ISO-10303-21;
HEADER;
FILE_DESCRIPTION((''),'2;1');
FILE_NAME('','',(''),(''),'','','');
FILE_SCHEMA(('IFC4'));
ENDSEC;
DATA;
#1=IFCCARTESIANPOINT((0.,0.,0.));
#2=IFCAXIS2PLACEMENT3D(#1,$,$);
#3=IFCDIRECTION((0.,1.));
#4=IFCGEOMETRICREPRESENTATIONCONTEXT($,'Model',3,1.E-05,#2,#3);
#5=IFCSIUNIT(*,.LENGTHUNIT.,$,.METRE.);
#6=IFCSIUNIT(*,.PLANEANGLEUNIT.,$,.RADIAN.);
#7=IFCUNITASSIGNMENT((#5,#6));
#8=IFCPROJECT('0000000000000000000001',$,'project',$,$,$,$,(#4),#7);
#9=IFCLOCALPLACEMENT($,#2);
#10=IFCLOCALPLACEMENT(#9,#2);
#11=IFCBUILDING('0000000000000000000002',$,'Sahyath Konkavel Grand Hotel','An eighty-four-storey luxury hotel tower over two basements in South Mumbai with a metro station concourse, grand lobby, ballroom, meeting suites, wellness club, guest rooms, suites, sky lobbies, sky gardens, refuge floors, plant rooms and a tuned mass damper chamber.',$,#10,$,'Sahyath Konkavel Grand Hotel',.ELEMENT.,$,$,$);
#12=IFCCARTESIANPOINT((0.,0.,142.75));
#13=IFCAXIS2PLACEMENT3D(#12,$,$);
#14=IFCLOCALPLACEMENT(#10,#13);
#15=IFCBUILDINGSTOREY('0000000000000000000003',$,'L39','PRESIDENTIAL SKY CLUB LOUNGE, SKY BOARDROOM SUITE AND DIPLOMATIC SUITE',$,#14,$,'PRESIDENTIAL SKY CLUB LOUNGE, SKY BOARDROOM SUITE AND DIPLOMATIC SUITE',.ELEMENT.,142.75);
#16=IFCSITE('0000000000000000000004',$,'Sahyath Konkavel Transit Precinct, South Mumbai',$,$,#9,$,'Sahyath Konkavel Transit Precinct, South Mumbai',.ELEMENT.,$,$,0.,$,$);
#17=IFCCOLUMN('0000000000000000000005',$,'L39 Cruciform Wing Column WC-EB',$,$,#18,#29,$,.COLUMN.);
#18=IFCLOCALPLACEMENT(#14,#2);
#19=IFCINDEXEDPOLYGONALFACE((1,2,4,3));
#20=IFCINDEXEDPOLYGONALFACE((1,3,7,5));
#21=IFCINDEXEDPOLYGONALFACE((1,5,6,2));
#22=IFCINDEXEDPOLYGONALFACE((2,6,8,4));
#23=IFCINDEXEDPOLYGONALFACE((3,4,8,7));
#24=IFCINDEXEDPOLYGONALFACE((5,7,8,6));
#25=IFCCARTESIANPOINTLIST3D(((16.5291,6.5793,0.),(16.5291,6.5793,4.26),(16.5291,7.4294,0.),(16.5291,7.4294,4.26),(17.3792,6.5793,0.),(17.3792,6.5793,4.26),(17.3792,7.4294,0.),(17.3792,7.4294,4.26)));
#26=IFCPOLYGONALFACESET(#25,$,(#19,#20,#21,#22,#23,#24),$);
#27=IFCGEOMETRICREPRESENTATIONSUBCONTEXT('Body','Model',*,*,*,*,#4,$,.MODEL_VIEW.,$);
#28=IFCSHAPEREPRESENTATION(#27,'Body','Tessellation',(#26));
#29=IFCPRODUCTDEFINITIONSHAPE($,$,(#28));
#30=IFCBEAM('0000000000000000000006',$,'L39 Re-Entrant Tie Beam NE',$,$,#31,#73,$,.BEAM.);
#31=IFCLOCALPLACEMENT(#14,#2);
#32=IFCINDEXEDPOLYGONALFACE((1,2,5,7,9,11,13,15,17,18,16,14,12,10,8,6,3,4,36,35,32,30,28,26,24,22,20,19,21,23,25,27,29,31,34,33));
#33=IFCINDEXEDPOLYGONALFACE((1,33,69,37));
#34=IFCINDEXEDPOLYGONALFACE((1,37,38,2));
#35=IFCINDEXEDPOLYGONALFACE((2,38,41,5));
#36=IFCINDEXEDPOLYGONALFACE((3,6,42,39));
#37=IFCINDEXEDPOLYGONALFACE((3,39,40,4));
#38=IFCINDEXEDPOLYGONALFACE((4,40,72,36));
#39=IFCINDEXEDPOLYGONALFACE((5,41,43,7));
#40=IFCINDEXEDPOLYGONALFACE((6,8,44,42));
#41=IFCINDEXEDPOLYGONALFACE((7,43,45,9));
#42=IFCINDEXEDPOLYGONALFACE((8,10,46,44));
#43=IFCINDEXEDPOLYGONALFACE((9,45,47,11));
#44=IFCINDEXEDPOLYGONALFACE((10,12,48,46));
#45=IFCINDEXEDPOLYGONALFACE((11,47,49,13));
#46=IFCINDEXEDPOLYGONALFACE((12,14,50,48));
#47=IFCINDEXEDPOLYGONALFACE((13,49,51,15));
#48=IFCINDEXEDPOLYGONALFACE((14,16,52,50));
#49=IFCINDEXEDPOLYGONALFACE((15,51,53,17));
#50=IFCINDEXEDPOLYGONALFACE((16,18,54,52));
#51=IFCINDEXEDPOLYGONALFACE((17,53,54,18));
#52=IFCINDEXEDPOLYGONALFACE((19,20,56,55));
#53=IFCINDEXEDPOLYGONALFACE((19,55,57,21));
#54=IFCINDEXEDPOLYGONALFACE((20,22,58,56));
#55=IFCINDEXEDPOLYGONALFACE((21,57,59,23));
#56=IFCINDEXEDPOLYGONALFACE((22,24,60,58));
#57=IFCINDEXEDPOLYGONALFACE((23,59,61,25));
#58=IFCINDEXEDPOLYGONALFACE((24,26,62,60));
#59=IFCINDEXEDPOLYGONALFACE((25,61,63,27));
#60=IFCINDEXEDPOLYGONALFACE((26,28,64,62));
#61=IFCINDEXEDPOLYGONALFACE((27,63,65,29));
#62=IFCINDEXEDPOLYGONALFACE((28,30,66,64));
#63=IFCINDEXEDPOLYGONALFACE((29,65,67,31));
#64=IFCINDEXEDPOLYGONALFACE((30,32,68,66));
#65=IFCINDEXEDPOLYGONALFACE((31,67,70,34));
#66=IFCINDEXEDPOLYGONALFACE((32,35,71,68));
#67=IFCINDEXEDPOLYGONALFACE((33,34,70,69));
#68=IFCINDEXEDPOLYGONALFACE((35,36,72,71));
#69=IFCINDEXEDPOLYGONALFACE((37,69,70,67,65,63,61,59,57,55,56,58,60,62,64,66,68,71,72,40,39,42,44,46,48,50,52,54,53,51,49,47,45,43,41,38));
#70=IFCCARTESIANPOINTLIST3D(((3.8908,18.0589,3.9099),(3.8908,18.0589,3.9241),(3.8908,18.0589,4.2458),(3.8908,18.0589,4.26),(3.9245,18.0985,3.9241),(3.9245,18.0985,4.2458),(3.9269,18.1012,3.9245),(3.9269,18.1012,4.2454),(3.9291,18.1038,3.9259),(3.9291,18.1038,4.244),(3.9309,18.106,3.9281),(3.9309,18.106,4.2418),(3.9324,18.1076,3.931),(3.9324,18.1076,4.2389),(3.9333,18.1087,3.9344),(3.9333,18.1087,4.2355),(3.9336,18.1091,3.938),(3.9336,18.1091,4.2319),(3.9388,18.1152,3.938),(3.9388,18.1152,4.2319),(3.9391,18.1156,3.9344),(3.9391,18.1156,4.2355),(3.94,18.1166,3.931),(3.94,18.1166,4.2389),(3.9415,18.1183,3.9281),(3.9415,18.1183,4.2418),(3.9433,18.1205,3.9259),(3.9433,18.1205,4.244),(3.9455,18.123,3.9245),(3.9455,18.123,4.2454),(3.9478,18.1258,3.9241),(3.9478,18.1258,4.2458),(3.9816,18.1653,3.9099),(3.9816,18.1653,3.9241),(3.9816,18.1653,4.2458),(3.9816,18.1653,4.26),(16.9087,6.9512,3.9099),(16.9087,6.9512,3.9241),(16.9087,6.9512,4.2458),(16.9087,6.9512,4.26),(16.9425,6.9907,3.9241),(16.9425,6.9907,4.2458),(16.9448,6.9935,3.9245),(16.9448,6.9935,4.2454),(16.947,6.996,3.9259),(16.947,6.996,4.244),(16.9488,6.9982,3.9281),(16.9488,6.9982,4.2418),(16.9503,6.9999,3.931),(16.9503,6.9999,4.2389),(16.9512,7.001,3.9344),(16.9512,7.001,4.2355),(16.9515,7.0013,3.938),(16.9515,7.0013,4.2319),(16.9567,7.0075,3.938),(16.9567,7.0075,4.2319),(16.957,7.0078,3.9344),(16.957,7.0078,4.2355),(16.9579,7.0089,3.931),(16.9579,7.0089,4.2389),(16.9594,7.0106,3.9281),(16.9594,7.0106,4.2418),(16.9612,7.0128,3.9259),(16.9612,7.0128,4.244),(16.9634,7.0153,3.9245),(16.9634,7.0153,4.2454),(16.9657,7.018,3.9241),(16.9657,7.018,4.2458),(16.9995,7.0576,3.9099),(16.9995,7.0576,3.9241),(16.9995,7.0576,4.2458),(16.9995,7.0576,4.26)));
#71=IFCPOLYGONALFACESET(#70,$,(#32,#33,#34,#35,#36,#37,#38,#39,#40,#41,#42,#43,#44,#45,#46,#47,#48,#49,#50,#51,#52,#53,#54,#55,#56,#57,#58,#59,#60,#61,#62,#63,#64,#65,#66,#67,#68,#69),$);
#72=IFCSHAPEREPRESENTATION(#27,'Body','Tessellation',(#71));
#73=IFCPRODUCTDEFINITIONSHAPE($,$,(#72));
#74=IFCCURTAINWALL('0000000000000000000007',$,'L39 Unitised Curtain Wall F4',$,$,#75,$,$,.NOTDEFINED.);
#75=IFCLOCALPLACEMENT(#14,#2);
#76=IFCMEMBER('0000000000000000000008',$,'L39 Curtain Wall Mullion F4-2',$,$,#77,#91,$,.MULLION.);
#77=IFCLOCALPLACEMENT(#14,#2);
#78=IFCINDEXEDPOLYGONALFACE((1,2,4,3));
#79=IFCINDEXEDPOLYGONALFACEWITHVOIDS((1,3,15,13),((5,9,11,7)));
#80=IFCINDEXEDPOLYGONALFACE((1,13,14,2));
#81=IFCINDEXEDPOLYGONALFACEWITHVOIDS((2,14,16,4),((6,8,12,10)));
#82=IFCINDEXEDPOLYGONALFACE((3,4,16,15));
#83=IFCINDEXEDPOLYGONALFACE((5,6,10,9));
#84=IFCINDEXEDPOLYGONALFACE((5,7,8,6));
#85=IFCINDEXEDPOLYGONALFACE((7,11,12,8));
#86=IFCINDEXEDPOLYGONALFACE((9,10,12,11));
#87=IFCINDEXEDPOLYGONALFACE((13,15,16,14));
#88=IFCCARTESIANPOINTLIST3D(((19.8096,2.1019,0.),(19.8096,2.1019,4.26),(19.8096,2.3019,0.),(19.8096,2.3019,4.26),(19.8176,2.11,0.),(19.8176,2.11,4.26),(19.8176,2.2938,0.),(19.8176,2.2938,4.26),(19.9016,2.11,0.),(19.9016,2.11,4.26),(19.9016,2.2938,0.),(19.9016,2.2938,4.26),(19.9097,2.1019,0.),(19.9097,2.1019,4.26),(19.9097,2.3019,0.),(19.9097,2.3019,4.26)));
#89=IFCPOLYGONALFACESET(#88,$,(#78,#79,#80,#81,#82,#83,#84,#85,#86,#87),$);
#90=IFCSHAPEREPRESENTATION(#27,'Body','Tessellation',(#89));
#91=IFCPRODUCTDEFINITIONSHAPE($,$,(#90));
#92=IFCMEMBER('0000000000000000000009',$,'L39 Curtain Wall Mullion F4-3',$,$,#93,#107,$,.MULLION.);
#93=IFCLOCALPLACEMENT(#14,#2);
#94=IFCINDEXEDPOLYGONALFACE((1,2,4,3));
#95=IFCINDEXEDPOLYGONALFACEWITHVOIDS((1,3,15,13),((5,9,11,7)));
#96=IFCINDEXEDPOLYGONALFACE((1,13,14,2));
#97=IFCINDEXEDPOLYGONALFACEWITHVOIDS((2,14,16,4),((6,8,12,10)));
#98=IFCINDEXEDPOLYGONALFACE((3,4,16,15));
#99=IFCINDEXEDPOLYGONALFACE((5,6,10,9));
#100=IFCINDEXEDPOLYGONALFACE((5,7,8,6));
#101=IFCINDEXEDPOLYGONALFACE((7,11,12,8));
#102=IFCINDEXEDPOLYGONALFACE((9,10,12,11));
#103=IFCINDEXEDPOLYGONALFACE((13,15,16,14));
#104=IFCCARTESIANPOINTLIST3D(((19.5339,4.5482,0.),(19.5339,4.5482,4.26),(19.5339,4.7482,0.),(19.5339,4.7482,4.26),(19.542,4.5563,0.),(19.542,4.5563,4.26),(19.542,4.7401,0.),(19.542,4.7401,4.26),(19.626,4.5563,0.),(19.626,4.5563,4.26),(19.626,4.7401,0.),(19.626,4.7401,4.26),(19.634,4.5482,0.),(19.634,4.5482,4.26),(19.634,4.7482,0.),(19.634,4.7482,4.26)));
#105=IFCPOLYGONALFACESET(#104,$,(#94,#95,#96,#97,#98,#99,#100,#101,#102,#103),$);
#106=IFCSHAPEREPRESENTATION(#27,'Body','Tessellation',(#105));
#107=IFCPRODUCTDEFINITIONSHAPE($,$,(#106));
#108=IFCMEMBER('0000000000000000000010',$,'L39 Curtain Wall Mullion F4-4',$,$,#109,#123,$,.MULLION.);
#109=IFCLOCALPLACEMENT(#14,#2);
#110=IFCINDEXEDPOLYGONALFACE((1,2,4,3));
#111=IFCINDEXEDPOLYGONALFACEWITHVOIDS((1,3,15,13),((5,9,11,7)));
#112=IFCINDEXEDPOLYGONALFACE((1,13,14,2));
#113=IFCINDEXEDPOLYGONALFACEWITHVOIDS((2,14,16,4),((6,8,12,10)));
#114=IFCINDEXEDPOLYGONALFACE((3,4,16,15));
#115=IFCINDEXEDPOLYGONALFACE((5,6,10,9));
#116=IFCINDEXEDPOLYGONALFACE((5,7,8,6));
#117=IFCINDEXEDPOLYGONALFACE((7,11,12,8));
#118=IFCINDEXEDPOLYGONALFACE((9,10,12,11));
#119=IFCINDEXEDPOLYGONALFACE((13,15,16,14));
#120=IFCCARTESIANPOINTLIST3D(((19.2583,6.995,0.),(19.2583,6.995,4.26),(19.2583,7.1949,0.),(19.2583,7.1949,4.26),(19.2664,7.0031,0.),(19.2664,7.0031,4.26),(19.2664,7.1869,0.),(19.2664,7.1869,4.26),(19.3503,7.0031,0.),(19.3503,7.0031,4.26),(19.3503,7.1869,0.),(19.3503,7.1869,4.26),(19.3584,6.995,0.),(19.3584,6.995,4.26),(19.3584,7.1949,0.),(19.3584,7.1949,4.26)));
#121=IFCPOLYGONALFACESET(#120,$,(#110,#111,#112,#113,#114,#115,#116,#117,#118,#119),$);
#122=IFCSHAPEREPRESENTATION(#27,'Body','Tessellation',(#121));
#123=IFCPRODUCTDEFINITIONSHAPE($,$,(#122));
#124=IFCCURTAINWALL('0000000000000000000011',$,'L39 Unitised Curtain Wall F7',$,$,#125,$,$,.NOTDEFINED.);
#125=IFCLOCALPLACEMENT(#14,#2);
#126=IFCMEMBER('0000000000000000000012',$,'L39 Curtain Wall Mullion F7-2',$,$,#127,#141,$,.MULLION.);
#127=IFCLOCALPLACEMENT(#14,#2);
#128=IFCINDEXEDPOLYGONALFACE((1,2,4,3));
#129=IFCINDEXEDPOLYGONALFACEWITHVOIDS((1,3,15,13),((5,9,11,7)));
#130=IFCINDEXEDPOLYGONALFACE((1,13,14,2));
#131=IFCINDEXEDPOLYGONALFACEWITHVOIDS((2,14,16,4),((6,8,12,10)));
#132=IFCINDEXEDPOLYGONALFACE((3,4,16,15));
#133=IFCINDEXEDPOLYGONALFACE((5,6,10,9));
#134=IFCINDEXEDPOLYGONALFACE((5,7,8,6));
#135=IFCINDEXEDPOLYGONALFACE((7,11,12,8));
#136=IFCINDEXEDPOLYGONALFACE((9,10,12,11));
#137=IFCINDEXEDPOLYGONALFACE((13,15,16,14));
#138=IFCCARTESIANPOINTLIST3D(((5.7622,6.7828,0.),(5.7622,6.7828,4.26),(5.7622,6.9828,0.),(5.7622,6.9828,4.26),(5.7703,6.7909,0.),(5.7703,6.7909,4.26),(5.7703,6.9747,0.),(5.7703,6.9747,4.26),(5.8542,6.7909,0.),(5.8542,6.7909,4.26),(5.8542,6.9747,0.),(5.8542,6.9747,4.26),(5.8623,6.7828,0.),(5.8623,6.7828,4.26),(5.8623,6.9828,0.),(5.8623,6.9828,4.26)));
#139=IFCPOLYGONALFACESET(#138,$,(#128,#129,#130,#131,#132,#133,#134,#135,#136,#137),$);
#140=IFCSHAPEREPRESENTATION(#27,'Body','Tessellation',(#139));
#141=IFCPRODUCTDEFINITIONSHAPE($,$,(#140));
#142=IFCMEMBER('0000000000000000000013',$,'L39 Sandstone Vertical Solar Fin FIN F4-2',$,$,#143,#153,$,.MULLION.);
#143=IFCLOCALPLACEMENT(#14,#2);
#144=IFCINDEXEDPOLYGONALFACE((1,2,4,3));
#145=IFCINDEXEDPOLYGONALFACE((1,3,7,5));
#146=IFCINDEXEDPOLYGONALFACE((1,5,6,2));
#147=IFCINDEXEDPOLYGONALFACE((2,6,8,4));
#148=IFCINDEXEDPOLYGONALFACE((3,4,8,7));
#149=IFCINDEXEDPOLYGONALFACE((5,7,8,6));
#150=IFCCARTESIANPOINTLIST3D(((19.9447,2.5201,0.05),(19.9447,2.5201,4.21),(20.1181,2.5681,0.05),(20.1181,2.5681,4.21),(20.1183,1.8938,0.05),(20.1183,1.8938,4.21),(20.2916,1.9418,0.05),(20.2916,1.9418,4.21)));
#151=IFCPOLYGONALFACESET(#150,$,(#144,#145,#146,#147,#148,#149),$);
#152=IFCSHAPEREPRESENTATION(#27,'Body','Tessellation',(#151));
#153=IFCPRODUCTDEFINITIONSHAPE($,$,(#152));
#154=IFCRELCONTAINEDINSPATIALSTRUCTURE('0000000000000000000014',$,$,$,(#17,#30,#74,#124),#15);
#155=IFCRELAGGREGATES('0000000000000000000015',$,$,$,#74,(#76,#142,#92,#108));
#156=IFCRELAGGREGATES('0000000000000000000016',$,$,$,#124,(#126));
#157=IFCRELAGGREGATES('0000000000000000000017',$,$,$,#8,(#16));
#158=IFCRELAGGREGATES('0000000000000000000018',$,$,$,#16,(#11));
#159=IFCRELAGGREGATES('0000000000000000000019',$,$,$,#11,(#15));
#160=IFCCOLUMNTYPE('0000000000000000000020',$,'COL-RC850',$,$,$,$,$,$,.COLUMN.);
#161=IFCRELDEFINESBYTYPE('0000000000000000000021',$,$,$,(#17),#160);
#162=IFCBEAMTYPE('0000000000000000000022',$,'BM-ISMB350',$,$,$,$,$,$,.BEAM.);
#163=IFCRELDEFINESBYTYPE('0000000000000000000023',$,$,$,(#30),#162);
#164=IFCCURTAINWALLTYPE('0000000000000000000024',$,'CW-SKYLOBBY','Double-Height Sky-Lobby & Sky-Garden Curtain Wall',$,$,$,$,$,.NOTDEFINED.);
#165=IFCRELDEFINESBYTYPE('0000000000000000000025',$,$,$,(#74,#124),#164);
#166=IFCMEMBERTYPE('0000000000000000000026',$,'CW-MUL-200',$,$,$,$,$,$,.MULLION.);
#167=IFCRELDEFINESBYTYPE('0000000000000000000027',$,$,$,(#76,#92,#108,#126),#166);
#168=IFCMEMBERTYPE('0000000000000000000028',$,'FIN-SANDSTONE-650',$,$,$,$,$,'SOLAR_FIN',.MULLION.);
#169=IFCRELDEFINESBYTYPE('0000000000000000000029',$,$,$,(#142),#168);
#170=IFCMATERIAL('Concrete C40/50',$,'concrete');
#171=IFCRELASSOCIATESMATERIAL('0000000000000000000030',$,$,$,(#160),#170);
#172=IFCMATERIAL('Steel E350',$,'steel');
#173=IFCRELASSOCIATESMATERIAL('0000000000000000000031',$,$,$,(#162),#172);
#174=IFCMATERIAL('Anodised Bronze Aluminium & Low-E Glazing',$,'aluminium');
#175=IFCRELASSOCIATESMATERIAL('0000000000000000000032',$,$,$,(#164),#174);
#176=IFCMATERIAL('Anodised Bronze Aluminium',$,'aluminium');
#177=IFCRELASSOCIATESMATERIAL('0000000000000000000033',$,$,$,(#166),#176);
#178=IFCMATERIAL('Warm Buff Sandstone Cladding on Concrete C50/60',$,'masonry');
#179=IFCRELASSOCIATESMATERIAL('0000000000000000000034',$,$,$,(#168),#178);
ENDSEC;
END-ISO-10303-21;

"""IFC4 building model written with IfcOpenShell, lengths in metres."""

from ifc_helpers import new_model, si_unit, direction, frame, origin, origin_2d, place, context, subcontext, project, spatial, rectangle, hollow_rectangle, i_section, extrude, source, transform, mapped, material, material_profile, profile_set, type_object, element, aggregate, save


model = new_model("IFC4")

# Units and contexts
model_context = context("Model", 3, precision=1e-05, world=origin(), true_north=direction((0.0, 1.0)))
body_context = subcontext(model_context, "Body", "Model", "MODEL_VIEW")
ifc_project = project(units=[si_unit("LENGTHUNIT", "METRE"), si_unit("PLANEANGLEUNIT", "RADIAN")], contexts=[model_context])

# Site, building, storey
site_placement = place(None, origin())
site = spatial("IfcSite", under=ifc_project, at=site_placement, Name="Sahyath Konkavel Transit Precinct, South Mumbai", LongName="Sahyath Konkavel Transit Precinct, South Mumbai", CompositionType="ELEMENT", RefElevation=0.0)
building_placement = place(site_placement, origin())
building = spatial("IfcBuilding", under=site, at=building_placement, Name="Sahyath Konkavel Grand Hotel", Description="An eighty-four-storey luxury hotel tower over two basements in South Mumbai with a metro station concourse, grand lobby, ballroom, meeting suites, wellness club, guest rooms, suites, sky lobbies, sky gardens, refuge floors, plant rooms and a tuned mass damper chamber.", LongName="Sahyath Konkavel Grand Hotel", CompositionType="ELEMENT")
storey_placement = place(building_placement, frame((0.0, 0.0, 142.75)))
storey = spatial("IfcBuildingStorey", under=building, at=storey_placement, Name="L39", Description="PRESIDENTIAL SKY CLUB LOUNGE, SKY BOARDROOM SUITE AND DIPLOMATIC SUITE", LongName="PRESIDENTIAL SKY CLUB LOUNGE, SKY BOARDROOM SUITE AND DIPLOMATIC SUITE", CompositionType="ELEMENT", Elevation=142.75)

# Column
ifc_material_1 = material(Name="Concrete C40/50", Category="concrete")
ifc_material_profile_1 = material_profile(ifc_material_1, rectangle(XDim=0.8501, YDim=0.8501, at=origin_2d()), Name="RC 850x850")
ifc_profile_set_1 = profile_set([ifc_material_profile_1], Name="Concrete C40/50")
column_type = type_object("IfcColumnType", Name="COL-RC850", PredefinedType="COLUMN", material=ifc_profile_set_1)
shared_shape_1 = source(origin(), body_context, "Body", "SweptSolid", [
    extrude(rectangle(XDim=0.8501, YDim=0.8501, at=origin_2d()), origin(), (0.0, 0.0, 1.0), 4.26),
])
column_placement = place(storey_placement, frame((16.9541, 7.0044, 0.0), z_axis=(0.0, 0.0, 1.0), x_axis=(1.0, 0.0, 0.0)))
element("IfcColumn", 1, at=column_placement, inside=storey, type_object=column_type, Name="L39 Cruciform Wing Column WC-EB", PredefinedType="COLUMN", context=body_context, shape_type="MappedRepresentation", body=[
    mapped(shared_shape_1, transform((0.0, 0.0, 0.0), scale=1.0)),
])

# Beam
ifc_material_2 = material(Name="Steel E350", Category="steel")
ifc_material_profile_2 = material_profile(ifc_material_2, i_section(OverallWidth=0.1399, OverallDepth=0.3501, WebThickness=0.0081, FlangeThickness=0.0142, FilletRadius=0.0139, at=origin_2d()), Name="ISMB 350")
ifc_profile_set_2 = profile_set([ifc_material_profile_2], Name="Steel E350")
beam_type_1 = type_object("IfcBeamType", Name="BM-ISMB350", PredefinedType="BEAM", material=ifc_profile_set_2)
shared_shape_2 = source(origin(), body_context, "Body", "SweptSolid", [
    extrude(i_section(OverallWidth=0.1399, OverallDepth=0.3501, WebThickness=0.0081, FlangeThickness=0.0142, FilletRadius=0.0139, at=origin_2d()), origin(), (0.0, 0.0, 1.0), 17.1128),
])
beam_1_placement = place(storey_placement, frame((16.9541, 7.0044, 4.085), z_axis=(-0.760712, 0.64909, 0.0), x_axis=(-0.64909, -0.760712, 0.0)))
element("IfcBeam", 2, at=beam_1_placement, inside=storey, type_object=beam_type_1, Name="L39 Re-Entrant Tie Beam NE", PredefinedType="BEAM", context=body_context, shape_type="MappedRepresentation", body=[
    mapped(shared_shape_2, transform((0.0, 0.0, 0.0), scale=1.0)),
])

# Curtain wall, members
ifc_material_3 = material(Name="Anodised Bronze Aluminium & Low-E Glazing", Category="aluminium")
curtain_wall_type = type_object("IfcCurtainWallType", Name="CW-SKYLOBBY", Description="Double-Height Sky-Lobby & Sky-Garden Curtain Wall", PredefinedType="NOTDEFINED", material=ifc_material_3)
curtain_wall_1_placement = place(storey_placement, origin())
curtain_wall_1 = element("IfcCurtainWall", 3, at=curtain_wall_1_placement, inside=storey, type_object=curtain_wall_type, Name="L39 Unitised Curtain Wall F4", PredefinedType="NOTDEFINED")
ifc_material_4 = material(Name="Anodised Bronze Aluminium", Category="aluminium")
ifc_material_profile_3 = material_profile(ifc_material_4, hollow_rectangle(XDim=0.1001, YDim=0.2, WallThickness=0.0081, at=origin_2d()), Name="RHS 200x100x8")
ifc_profile_set_3 = profile_set([ifc_material_profile_3], Name="Anodised Bronze Aluminium")
member_type_1 = type_object("IfcMemberType", Name="CW-MUL-200", PredefinedType="MULLION", material=ifc_profile_set_3)
shared_shape_3 = source(origin(), body_context, "Body", "SweptSolid", [
    extrude(hollow_rectangle(XDim=0.1001, YDim=0.2, WallThickness=0.0081, at=origin_2d()), origin(), (0.0, 0.0, 1.0), 4.26),
])
member_1_placement = place(storey_placement, frame((19.8596, 2.2019, 0.0), z_axis=(0.0, 0.0, 1.0), x_axis=(1.0, 0.0, 0.0)))
member_1 = element("IfcMember", 4, at=member_1_placement, type_object=member_type_1, Name="L39 Curtain Wall Mullion F4-2", PredefinedType="MULLION", context=body_context, shape_type="MappedRepresentation", body=[
    mapped(shared_shape_3, transform((0.0, 0.0, 0.0), scale=1.0)),
])
member_2_placement = place(storey_placement, frame((19.584, 4.6482, 0.0), z_axis=(0.0, 0.0, 1.0), x_axis=(1.0, 0.0, 0.0)))
member_2 = element("IfcMember", 5, at=member_2_placement, type_object=member_type_1, Name="L39 Curtain Wall Mullion F4-3", PredefinedType="MULLION", context=body_context, shape_type="MappedRepresentation", body=[
    mapped(shared_shape_3, transform((0.0, 0.0, 0.0), scale=1.0)),
])
member_3_placement = place(storey_placement, frame((19.3083, 7.095, 0.0), z_axis=(0.0, 0.0, 1.0), x_axis=(1.0, 0.0, 0.0)))
member_3 = element("IfcMember", 6, at=member_3_placement, type_object=member_type_1, Name="L39 Curtain Wall Mullion F4-4", PredefinedType="MULLION", context=body_context, shape_type="MappedRepresentation", body=[
    mapped(shared_shape_3, transform((0.0, 0.0, 0.0), scale=1.0)),
])

# Curtain wall, member
curtain_wall_2_placement = place(storey_placement, origin())
curtain_wall_2 = element("IfcCurtainWall", 7, at=curtain_wall_2_placement, inside=storey, type_object=curtain_wall_type, Name="L39 Unitised Curtain Wall F7", PredefinedType="NOTDEFINED")
member_4_placement = place(storey_placement, frame((5.8123, 6.8828, 0.0), z_axis=(0.0, 0.0, 1.0), x_axis=(1.0, 0.0, 0.0)))
member_4 = element("IfcMember", 8, at=member_4_placement, type_object=member_type_1, Name="L39 Curtain Wall Mullion F7-2", PredefinedType="MULLION", context=body_context, shape_type="MappedRepresentation", body=[
    mapped(shared_shape_3, transform((0.0, 0.0, 0.0), scale=1.0)),
])

# Member
ifc_material_5 = material(Name="Warm Buff Sandstone Cladding on Concrete C50/60", Category="masonry")
ifc_material_profile_4 = material_profile(ifc_material_5, rectangle(XDim=0.1799, YDim=0.6499, at=origin_2d()), Name="FIN 180x650")
ifc_profile_set_4 = profile_set([ifc_material_profile_4], Name="Warm Buff Sandstone Cladding on Concrete C50/60")
member_type_2 = type_object("IfcMemberType", Name="FIN-SANDSTONE-650", ElementType="SOLAR_FIN", PredefinedType="MULLION", material=ifc_profile_set_4)
shared_shape_4 = source(origin(), body_context, "Body", "SweptSolid", [
    extrude(rectangle(XDim=0.1799, YDim=0.6499, at=origin_2d()), origin(), (0.0, 0.0, 1.0), 4.1599),
])
member_5_placement = place(storey_placement, frame((20.1182, 2.231, 0.05), z_axis=(0.0, 0.0, 1.0), x_axis=(0.963677, 0.26707, 0.0)))
member_5 = element("IfcMember", 9, at=member_5_placement, type_object=member_type_2, Name="L39 Sandstone Vertical Solar Fin FIN F4-2", PredefinedType="MULLION", context=body_context, shape_type="MappedRepresentation", body=[
    mapped(shared_shape_4, transform((0.0, 0.0, 0.0), scale=1.0)),
])

aggregate(curtain_wall_1, [member_1, member_5, member_2, member_3])
aggregate(curtain_wall_2, [member_4])

save(model, "model.ifc")
